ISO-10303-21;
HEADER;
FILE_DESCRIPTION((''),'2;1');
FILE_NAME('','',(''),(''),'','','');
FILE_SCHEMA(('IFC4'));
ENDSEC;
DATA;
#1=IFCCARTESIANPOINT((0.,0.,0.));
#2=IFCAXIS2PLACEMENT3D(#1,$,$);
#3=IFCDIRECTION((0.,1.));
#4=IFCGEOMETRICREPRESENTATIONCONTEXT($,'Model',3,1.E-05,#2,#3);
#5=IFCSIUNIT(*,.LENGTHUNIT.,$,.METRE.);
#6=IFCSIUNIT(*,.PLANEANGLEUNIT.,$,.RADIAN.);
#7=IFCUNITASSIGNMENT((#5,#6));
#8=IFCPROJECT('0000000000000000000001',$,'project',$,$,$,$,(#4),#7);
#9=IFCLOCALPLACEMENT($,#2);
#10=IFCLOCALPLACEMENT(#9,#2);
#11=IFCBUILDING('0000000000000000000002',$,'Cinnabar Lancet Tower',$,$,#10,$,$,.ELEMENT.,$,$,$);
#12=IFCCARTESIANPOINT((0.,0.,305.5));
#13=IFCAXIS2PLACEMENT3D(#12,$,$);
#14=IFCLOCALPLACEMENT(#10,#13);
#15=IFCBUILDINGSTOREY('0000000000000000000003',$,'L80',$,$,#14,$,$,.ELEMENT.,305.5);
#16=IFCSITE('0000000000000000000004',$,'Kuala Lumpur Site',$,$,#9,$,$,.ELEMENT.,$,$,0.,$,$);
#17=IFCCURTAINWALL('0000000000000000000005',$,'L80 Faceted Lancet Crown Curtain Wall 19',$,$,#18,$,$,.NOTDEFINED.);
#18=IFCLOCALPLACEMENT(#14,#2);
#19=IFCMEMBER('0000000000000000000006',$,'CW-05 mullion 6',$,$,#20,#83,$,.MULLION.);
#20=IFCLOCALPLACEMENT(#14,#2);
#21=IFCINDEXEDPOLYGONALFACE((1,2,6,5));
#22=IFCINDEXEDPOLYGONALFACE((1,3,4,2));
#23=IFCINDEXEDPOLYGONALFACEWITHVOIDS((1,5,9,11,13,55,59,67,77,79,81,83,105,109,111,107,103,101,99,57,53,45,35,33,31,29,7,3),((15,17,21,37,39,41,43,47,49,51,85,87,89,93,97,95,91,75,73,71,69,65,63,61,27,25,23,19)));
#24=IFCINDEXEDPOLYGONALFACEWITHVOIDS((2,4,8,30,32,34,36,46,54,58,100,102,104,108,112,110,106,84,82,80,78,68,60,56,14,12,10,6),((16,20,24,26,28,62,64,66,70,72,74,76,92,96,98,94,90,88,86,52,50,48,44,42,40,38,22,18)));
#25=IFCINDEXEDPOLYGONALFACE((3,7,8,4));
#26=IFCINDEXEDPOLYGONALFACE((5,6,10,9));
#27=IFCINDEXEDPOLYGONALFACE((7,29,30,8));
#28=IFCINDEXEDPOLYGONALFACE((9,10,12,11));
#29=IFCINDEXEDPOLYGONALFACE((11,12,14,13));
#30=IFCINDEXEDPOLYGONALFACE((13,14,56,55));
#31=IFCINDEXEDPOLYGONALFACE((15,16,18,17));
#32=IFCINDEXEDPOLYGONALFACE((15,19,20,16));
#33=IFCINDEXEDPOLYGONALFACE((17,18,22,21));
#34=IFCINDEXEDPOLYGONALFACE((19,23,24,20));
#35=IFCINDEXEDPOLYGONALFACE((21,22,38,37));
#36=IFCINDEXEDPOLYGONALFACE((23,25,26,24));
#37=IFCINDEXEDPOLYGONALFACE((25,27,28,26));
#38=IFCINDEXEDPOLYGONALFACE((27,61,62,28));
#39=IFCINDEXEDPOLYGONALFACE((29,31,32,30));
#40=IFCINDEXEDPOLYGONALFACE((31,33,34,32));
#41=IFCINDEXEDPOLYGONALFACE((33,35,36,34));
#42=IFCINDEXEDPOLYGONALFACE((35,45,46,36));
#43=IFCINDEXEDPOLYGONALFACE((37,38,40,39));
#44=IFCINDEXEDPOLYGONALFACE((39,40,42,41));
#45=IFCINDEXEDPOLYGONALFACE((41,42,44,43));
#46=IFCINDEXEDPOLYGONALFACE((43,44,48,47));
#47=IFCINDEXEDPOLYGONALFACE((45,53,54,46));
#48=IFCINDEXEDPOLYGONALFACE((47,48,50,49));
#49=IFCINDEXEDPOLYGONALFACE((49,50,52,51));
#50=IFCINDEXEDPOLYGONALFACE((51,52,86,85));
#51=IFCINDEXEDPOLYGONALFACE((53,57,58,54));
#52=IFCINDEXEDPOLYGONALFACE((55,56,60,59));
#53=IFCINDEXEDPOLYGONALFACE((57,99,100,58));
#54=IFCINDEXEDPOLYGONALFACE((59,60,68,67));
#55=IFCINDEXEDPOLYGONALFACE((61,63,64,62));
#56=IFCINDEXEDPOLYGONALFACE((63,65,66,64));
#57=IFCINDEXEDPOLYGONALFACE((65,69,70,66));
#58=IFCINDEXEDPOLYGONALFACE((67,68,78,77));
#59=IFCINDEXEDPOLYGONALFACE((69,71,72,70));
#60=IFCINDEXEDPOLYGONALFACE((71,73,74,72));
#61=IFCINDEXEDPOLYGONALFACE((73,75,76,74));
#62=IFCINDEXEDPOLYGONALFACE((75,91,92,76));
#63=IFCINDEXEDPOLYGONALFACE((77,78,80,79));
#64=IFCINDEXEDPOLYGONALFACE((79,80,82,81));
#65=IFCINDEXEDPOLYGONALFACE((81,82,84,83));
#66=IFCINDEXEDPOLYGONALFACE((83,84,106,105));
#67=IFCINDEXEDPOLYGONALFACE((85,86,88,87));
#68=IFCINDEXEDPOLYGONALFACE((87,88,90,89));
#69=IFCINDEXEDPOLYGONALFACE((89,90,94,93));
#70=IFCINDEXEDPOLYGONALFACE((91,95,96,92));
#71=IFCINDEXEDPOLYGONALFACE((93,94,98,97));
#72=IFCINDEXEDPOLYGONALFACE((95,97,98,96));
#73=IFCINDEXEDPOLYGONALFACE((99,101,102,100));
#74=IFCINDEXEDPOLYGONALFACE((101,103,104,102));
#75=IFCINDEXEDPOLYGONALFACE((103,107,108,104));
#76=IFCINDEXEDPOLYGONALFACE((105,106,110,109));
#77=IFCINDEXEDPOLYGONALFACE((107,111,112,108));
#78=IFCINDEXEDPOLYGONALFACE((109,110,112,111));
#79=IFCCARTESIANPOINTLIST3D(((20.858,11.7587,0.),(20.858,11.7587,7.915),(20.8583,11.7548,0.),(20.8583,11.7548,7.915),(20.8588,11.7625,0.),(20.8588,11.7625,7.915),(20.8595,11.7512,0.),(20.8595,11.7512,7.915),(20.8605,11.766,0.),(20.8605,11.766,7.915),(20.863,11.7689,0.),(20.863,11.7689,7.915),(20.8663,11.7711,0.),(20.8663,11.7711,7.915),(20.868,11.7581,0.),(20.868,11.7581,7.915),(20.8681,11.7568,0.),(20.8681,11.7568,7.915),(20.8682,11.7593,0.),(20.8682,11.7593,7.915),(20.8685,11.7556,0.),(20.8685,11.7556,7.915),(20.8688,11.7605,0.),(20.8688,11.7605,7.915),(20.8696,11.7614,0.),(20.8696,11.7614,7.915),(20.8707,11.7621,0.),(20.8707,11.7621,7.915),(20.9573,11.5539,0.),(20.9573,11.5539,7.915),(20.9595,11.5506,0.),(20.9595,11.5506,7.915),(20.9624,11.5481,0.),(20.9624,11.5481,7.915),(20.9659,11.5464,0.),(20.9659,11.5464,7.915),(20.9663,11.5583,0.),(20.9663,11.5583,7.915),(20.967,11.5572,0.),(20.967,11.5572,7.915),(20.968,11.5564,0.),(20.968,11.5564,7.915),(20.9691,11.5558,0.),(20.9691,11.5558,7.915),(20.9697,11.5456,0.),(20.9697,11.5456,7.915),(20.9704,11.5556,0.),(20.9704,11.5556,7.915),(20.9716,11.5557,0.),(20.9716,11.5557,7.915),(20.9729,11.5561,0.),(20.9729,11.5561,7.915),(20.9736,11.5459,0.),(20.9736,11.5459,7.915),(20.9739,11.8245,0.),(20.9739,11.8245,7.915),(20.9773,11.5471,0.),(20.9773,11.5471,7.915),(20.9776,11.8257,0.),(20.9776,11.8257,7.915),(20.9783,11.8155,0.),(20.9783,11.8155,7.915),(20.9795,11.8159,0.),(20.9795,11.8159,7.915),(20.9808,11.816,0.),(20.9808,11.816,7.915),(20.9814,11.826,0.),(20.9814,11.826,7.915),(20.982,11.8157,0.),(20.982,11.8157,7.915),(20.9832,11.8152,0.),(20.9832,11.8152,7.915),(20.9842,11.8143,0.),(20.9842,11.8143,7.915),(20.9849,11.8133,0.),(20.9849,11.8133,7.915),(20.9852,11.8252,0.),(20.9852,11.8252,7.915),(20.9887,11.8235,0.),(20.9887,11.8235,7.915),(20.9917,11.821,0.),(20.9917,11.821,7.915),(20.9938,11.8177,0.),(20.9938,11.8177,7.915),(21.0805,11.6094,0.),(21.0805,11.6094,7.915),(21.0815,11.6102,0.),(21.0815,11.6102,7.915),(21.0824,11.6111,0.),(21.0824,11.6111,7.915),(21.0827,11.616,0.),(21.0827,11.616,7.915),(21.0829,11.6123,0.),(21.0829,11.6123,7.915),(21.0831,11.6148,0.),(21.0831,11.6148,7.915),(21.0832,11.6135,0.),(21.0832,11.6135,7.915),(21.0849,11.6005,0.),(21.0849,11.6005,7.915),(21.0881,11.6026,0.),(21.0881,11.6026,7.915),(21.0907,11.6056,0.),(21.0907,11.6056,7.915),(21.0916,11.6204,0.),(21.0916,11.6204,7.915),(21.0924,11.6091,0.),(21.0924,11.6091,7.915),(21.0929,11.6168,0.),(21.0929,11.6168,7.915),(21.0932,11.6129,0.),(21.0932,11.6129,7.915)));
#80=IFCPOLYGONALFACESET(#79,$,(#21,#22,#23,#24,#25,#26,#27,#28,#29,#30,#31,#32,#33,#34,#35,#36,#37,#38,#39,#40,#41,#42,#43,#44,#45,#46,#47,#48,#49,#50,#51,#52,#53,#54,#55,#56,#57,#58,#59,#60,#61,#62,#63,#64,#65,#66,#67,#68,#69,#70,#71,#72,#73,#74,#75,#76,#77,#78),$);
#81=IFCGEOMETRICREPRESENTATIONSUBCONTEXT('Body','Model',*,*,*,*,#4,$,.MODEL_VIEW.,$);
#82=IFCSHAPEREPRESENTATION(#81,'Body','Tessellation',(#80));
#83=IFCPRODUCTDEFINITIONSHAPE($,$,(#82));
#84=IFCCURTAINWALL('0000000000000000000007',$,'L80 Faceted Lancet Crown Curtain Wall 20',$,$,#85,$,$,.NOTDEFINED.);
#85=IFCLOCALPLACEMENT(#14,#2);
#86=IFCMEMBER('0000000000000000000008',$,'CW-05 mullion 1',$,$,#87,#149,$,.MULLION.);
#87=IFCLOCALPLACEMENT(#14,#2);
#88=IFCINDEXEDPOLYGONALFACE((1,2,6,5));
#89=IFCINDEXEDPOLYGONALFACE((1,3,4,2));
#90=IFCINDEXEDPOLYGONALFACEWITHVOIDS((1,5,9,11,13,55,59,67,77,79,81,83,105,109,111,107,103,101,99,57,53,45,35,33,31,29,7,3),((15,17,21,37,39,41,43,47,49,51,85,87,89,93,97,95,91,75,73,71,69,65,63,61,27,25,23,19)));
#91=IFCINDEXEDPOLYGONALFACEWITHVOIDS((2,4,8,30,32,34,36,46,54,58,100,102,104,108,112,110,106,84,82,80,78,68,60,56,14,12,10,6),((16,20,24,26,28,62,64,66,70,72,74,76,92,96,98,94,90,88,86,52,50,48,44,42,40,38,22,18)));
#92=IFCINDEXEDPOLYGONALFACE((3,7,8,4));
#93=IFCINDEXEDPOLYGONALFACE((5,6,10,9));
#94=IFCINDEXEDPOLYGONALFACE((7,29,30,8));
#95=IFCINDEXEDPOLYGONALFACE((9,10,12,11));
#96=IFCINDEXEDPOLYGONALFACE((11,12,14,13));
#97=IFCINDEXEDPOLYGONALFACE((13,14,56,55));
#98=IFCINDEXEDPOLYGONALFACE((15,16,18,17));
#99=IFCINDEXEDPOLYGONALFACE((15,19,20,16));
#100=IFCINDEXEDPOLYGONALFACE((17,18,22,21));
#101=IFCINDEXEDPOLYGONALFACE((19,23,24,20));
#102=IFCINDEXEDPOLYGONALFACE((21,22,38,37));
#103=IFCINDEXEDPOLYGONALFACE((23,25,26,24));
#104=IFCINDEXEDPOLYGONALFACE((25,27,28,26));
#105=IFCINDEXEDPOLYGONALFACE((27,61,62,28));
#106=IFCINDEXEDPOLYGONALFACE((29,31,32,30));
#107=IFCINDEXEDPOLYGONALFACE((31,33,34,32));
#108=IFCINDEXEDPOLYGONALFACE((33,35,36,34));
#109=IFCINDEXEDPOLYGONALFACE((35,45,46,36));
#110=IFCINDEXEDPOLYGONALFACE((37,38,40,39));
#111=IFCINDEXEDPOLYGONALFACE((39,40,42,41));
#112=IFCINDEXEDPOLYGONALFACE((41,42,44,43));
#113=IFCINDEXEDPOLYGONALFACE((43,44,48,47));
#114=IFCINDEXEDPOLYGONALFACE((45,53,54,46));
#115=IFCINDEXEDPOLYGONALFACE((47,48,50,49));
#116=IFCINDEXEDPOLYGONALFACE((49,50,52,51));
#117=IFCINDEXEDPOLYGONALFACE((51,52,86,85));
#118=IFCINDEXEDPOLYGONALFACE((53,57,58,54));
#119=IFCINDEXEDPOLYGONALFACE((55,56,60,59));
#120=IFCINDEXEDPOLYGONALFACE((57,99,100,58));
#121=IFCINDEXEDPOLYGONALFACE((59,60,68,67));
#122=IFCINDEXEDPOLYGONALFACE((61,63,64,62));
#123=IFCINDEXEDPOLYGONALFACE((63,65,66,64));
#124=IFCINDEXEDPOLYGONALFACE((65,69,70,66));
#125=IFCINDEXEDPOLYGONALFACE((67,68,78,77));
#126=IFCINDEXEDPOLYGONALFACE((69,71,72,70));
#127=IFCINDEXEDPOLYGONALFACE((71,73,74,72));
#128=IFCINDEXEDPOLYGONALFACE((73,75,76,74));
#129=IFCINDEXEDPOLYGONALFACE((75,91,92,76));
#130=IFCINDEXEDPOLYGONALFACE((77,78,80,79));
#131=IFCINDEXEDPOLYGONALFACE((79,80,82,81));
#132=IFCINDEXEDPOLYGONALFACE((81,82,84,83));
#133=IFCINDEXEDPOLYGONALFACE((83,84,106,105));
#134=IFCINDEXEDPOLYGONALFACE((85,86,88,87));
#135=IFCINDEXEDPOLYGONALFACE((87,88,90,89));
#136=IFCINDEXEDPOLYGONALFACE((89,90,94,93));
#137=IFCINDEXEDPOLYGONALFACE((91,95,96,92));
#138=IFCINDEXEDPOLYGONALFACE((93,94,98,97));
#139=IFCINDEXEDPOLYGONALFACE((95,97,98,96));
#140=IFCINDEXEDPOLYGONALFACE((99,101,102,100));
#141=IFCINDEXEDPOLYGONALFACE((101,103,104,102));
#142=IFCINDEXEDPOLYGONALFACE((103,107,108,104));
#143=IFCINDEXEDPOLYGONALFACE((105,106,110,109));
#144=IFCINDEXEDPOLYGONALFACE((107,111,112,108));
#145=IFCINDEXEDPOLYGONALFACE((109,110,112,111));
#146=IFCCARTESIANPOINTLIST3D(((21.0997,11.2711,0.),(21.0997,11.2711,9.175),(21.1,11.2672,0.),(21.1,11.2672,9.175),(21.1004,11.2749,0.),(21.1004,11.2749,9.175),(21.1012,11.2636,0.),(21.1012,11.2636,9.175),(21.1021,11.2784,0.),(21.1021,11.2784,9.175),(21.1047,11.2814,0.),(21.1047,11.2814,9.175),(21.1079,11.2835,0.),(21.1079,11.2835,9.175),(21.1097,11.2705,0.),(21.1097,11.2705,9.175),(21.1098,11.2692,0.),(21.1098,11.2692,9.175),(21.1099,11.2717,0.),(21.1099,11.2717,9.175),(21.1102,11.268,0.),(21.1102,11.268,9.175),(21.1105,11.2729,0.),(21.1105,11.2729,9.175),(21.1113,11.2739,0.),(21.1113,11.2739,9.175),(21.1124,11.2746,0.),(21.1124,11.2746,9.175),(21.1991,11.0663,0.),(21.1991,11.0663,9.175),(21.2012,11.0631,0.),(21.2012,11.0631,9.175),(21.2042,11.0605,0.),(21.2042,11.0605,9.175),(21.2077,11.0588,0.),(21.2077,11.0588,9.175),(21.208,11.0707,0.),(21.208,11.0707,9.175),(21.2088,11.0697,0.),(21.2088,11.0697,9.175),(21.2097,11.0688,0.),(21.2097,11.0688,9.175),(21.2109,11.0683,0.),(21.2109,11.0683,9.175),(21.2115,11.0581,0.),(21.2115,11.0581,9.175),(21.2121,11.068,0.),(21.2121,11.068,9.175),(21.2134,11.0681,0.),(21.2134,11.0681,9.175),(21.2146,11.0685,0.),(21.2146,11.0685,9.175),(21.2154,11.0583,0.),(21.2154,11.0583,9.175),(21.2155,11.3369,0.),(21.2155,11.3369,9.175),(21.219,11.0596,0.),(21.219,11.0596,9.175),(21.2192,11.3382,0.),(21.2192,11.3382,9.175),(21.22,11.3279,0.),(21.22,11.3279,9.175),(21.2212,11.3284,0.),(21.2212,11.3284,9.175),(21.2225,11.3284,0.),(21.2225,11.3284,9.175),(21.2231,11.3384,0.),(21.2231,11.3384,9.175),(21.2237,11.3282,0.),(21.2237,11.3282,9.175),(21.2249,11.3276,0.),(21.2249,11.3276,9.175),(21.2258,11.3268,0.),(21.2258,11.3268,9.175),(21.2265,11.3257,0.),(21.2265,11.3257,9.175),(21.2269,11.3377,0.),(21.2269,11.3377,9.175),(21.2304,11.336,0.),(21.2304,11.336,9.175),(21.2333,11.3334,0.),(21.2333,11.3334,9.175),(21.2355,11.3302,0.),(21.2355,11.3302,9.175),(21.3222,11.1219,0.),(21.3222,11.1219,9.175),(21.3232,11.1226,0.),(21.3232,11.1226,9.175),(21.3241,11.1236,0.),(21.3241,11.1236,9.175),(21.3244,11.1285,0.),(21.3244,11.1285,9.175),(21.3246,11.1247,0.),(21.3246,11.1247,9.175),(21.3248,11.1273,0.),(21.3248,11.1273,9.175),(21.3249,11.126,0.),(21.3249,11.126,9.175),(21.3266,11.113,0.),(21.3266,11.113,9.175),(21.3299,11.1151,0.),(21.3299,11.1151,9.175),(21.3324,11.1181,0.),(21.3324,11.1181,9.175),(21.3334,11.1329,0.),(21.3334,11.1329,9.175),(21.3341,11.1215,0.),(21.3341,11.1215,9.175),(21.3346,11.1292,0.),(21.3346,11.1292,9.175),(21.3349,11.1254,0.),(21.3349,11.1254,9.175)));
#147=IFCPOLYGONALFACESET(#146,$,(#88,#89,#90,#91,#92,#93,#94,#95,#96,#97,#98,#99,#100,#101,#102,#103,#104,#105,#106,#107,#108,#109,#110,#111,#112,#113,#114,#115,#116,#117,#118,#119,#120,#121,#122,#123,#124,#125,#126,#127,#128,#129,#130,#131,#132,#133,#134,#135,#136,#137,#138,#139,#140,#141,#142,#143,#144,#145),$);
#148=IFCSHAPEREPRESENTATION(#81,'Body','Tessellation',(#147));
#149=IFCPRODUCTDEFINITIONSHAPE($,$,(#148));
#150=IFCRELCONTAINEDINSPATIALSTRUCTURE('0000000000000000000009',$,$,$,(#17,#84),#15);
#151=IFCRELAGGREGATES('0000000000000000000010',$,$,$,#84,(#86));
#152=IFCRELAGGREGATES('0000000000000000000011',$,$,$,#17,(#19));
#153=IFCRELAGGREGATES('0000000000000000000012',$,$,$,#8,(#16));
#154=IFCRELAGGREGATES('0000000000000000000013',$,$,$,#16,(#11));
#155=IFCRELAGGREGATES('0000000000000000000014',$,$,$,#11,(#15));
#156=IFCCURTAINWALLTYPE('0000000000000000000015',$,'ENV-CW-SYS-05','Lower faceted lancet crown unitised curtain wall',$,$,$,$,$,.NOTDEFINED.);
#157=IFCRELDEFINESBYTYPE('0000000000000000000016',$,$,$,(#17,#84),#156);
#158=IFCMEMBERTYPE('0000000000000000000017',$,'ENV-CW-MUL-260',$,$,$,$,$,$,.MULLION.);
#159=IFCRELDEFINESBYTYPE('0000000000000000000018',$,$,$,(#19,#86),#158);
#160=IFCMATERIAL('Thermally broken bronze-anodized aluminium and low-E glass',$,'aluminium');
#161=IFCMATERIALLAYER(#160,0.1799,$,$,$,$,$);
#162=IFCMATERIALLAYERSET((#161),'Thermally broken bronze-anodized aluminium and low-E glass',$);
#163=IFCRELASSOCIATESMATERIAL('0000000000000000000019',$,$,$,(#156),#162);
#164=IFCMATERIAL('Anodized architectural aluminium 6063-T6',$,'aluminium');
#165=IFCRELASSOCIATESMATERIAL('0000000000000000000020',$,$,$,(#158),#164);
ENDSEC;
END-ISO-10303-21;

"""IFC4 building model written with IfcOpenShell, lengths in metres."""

from ifc_helpers import new_model, si_unit, direction, frame, origin, origin_2d, place, context, subcontext, project, spatial, hollow_rectangle, extrude, material, layer, layer_set, material_profile, profile_set, type_object, element, aggregate, save


model = new_model("IFC4")

# Units and contexts
model_context = context("Model", 3, precision=1e-05, world=origin(), true_north=direction((0.0, 1.0)))
body_context = subcontext(model_context, "Body", "Model", "MODEL_VIEW")
ifc_project = project(units=[si_unit("LENGTHUNIT", "METRE"), si_unit("PLANEANGLEUNIT", "RADIAN")], contexts=[model_context])

# Site, building, storey
site_placement = place(None, origin())
site = spatial("IfcSite", under=ifc_project, at=site_placement, Name="Kuala Lumpur Site", CompositionType="ELEMENT", RefElevation=0.0)
building_placement = place(site_placement, origin())
building = spatial("IfcBuilding", under=site, at=building_placement, Name="Cinnabar Lancet Tower", CompositionType="ELEMENT")
storey_placement = place(building_placement, frame((0.0, 0.0, 305.5)))
storey = spatial("IfcBuildingStorey", under=building, at=storey_placement, Name="L80", CompositionType="ELEMENT", Elevation=305.5)

# Curtain wall, member
ifc_material_1 = material(Name="Thermally broken bronze-anodized aluminium and low-E glass", Category="aluminium")
ifc_layer_1 = layer(ifc_material_1, 0.1799)
ifc_layer_set_1 = layer_set([ifc_layer_1], Name="Thermally broken bronze-anodized aluminium and low-E glass")
curtain_wall_type = type_object("IfcCurtainWallType", Name="ENV-CW-SYS-05", Description="Lower faceted lancet crown unitised curtain wall", PredefinedType="NOTDEFINED", material=ifc_layer_set_1)
curtain_wall_1_placement = place(storey_placement, origin())
curtain_wall_1 = element("IfcCurtainWall", 1, at=curtain_wall_1_placement, inside=storey, type_object=curtain_wall_type, Name="L80 Faceted Lancet Crown Curtain Wall 19", PredefinedType="NOTDEFINED")
ifc_material_2 = material(Name="Anodized architectural aluminium 6063-T6", Category="aluminium")
ifc_material_profile_1 = material_profile(ifc_material_2, hollow_rectangle(XDim=0.1499, YDim=0.25, WallThickness=0.01, InnerFilletRadius=0.0049, OuterFilletRadius=0.0149, at=origin_2d()), Name="RHS 250x150x10")
ifc_profile_set_1 = profile_set([ifc_material_profile_1], Name="Anodized architectural aluminium 6063-T6")
member_type_1 = type_object("IfcMemberType", Name="ENV-CW-MUL-260", PredefinedType="MULLION", material=ifc_profile_set_1)
member_1_placement = place(storey_placement, frame((20.9756, 11.6858, 0.0), z_axis=(0.0, 0.0, 1.0), x_axis=(0.895948, 0.444159, 0.0)))
member_1 = element("IfcMember", 2, at=member_1_placement, type_object=member_type_1, Name="CW-05 mullion 6", PredefinedType="MULLION", context=body_context, shape_type="SweptSolid", body=[
    extrude(hollow_rectangle(XDim=0.1499, YDim=0.25, WallThickness=0.01, InnerFilletRadius=0.0049, OuterFilletRadius=0.0149, at=origin_2d()), origin(), (0.0, 0.0, 1.0), 7.915),
])

# Curtain wall, member
curtain_wall_2_placement = place(storey_placement, origin())
curtain_wall_2 = element("IfcCurtainWall", 3, at=curtain_wall_2_placement, inside=storey, type_object=curtain_wall_type, Name="L80 Faceted Lancet Crown Curtain Wall 20", PredefinedType="NOTDEFINED")
member_2_placement = place(storey_placement, frame((21.2173, 11.1982, 0.0), z_axis=(0.0, 0.0, 1.0), x_axis=(0.89582, 0.444416, 0.0)))
member_2 = element("IfcMember", 4, at=member_2_placement, type_object=member_type_1, Name="CW-05 mullion 1", PredefinedType="MULLION", context=body_context, shape_type="SweptSolid", body=[
    extrude(hollow_rectangle(XDim=0.1499, YDim=0.25, WallThickness=0.01, InnerFilletRadius=0.0049, OuterFilletRadius=0.0149, at=origin_2d()), origin(), (0.0, 0.0, 1.0), 9.175),
])
aggregate(curtain_wall_2, [member_2])

aggregate(curtain_wall_1, [member_1])

save(model, "model.ifc")
